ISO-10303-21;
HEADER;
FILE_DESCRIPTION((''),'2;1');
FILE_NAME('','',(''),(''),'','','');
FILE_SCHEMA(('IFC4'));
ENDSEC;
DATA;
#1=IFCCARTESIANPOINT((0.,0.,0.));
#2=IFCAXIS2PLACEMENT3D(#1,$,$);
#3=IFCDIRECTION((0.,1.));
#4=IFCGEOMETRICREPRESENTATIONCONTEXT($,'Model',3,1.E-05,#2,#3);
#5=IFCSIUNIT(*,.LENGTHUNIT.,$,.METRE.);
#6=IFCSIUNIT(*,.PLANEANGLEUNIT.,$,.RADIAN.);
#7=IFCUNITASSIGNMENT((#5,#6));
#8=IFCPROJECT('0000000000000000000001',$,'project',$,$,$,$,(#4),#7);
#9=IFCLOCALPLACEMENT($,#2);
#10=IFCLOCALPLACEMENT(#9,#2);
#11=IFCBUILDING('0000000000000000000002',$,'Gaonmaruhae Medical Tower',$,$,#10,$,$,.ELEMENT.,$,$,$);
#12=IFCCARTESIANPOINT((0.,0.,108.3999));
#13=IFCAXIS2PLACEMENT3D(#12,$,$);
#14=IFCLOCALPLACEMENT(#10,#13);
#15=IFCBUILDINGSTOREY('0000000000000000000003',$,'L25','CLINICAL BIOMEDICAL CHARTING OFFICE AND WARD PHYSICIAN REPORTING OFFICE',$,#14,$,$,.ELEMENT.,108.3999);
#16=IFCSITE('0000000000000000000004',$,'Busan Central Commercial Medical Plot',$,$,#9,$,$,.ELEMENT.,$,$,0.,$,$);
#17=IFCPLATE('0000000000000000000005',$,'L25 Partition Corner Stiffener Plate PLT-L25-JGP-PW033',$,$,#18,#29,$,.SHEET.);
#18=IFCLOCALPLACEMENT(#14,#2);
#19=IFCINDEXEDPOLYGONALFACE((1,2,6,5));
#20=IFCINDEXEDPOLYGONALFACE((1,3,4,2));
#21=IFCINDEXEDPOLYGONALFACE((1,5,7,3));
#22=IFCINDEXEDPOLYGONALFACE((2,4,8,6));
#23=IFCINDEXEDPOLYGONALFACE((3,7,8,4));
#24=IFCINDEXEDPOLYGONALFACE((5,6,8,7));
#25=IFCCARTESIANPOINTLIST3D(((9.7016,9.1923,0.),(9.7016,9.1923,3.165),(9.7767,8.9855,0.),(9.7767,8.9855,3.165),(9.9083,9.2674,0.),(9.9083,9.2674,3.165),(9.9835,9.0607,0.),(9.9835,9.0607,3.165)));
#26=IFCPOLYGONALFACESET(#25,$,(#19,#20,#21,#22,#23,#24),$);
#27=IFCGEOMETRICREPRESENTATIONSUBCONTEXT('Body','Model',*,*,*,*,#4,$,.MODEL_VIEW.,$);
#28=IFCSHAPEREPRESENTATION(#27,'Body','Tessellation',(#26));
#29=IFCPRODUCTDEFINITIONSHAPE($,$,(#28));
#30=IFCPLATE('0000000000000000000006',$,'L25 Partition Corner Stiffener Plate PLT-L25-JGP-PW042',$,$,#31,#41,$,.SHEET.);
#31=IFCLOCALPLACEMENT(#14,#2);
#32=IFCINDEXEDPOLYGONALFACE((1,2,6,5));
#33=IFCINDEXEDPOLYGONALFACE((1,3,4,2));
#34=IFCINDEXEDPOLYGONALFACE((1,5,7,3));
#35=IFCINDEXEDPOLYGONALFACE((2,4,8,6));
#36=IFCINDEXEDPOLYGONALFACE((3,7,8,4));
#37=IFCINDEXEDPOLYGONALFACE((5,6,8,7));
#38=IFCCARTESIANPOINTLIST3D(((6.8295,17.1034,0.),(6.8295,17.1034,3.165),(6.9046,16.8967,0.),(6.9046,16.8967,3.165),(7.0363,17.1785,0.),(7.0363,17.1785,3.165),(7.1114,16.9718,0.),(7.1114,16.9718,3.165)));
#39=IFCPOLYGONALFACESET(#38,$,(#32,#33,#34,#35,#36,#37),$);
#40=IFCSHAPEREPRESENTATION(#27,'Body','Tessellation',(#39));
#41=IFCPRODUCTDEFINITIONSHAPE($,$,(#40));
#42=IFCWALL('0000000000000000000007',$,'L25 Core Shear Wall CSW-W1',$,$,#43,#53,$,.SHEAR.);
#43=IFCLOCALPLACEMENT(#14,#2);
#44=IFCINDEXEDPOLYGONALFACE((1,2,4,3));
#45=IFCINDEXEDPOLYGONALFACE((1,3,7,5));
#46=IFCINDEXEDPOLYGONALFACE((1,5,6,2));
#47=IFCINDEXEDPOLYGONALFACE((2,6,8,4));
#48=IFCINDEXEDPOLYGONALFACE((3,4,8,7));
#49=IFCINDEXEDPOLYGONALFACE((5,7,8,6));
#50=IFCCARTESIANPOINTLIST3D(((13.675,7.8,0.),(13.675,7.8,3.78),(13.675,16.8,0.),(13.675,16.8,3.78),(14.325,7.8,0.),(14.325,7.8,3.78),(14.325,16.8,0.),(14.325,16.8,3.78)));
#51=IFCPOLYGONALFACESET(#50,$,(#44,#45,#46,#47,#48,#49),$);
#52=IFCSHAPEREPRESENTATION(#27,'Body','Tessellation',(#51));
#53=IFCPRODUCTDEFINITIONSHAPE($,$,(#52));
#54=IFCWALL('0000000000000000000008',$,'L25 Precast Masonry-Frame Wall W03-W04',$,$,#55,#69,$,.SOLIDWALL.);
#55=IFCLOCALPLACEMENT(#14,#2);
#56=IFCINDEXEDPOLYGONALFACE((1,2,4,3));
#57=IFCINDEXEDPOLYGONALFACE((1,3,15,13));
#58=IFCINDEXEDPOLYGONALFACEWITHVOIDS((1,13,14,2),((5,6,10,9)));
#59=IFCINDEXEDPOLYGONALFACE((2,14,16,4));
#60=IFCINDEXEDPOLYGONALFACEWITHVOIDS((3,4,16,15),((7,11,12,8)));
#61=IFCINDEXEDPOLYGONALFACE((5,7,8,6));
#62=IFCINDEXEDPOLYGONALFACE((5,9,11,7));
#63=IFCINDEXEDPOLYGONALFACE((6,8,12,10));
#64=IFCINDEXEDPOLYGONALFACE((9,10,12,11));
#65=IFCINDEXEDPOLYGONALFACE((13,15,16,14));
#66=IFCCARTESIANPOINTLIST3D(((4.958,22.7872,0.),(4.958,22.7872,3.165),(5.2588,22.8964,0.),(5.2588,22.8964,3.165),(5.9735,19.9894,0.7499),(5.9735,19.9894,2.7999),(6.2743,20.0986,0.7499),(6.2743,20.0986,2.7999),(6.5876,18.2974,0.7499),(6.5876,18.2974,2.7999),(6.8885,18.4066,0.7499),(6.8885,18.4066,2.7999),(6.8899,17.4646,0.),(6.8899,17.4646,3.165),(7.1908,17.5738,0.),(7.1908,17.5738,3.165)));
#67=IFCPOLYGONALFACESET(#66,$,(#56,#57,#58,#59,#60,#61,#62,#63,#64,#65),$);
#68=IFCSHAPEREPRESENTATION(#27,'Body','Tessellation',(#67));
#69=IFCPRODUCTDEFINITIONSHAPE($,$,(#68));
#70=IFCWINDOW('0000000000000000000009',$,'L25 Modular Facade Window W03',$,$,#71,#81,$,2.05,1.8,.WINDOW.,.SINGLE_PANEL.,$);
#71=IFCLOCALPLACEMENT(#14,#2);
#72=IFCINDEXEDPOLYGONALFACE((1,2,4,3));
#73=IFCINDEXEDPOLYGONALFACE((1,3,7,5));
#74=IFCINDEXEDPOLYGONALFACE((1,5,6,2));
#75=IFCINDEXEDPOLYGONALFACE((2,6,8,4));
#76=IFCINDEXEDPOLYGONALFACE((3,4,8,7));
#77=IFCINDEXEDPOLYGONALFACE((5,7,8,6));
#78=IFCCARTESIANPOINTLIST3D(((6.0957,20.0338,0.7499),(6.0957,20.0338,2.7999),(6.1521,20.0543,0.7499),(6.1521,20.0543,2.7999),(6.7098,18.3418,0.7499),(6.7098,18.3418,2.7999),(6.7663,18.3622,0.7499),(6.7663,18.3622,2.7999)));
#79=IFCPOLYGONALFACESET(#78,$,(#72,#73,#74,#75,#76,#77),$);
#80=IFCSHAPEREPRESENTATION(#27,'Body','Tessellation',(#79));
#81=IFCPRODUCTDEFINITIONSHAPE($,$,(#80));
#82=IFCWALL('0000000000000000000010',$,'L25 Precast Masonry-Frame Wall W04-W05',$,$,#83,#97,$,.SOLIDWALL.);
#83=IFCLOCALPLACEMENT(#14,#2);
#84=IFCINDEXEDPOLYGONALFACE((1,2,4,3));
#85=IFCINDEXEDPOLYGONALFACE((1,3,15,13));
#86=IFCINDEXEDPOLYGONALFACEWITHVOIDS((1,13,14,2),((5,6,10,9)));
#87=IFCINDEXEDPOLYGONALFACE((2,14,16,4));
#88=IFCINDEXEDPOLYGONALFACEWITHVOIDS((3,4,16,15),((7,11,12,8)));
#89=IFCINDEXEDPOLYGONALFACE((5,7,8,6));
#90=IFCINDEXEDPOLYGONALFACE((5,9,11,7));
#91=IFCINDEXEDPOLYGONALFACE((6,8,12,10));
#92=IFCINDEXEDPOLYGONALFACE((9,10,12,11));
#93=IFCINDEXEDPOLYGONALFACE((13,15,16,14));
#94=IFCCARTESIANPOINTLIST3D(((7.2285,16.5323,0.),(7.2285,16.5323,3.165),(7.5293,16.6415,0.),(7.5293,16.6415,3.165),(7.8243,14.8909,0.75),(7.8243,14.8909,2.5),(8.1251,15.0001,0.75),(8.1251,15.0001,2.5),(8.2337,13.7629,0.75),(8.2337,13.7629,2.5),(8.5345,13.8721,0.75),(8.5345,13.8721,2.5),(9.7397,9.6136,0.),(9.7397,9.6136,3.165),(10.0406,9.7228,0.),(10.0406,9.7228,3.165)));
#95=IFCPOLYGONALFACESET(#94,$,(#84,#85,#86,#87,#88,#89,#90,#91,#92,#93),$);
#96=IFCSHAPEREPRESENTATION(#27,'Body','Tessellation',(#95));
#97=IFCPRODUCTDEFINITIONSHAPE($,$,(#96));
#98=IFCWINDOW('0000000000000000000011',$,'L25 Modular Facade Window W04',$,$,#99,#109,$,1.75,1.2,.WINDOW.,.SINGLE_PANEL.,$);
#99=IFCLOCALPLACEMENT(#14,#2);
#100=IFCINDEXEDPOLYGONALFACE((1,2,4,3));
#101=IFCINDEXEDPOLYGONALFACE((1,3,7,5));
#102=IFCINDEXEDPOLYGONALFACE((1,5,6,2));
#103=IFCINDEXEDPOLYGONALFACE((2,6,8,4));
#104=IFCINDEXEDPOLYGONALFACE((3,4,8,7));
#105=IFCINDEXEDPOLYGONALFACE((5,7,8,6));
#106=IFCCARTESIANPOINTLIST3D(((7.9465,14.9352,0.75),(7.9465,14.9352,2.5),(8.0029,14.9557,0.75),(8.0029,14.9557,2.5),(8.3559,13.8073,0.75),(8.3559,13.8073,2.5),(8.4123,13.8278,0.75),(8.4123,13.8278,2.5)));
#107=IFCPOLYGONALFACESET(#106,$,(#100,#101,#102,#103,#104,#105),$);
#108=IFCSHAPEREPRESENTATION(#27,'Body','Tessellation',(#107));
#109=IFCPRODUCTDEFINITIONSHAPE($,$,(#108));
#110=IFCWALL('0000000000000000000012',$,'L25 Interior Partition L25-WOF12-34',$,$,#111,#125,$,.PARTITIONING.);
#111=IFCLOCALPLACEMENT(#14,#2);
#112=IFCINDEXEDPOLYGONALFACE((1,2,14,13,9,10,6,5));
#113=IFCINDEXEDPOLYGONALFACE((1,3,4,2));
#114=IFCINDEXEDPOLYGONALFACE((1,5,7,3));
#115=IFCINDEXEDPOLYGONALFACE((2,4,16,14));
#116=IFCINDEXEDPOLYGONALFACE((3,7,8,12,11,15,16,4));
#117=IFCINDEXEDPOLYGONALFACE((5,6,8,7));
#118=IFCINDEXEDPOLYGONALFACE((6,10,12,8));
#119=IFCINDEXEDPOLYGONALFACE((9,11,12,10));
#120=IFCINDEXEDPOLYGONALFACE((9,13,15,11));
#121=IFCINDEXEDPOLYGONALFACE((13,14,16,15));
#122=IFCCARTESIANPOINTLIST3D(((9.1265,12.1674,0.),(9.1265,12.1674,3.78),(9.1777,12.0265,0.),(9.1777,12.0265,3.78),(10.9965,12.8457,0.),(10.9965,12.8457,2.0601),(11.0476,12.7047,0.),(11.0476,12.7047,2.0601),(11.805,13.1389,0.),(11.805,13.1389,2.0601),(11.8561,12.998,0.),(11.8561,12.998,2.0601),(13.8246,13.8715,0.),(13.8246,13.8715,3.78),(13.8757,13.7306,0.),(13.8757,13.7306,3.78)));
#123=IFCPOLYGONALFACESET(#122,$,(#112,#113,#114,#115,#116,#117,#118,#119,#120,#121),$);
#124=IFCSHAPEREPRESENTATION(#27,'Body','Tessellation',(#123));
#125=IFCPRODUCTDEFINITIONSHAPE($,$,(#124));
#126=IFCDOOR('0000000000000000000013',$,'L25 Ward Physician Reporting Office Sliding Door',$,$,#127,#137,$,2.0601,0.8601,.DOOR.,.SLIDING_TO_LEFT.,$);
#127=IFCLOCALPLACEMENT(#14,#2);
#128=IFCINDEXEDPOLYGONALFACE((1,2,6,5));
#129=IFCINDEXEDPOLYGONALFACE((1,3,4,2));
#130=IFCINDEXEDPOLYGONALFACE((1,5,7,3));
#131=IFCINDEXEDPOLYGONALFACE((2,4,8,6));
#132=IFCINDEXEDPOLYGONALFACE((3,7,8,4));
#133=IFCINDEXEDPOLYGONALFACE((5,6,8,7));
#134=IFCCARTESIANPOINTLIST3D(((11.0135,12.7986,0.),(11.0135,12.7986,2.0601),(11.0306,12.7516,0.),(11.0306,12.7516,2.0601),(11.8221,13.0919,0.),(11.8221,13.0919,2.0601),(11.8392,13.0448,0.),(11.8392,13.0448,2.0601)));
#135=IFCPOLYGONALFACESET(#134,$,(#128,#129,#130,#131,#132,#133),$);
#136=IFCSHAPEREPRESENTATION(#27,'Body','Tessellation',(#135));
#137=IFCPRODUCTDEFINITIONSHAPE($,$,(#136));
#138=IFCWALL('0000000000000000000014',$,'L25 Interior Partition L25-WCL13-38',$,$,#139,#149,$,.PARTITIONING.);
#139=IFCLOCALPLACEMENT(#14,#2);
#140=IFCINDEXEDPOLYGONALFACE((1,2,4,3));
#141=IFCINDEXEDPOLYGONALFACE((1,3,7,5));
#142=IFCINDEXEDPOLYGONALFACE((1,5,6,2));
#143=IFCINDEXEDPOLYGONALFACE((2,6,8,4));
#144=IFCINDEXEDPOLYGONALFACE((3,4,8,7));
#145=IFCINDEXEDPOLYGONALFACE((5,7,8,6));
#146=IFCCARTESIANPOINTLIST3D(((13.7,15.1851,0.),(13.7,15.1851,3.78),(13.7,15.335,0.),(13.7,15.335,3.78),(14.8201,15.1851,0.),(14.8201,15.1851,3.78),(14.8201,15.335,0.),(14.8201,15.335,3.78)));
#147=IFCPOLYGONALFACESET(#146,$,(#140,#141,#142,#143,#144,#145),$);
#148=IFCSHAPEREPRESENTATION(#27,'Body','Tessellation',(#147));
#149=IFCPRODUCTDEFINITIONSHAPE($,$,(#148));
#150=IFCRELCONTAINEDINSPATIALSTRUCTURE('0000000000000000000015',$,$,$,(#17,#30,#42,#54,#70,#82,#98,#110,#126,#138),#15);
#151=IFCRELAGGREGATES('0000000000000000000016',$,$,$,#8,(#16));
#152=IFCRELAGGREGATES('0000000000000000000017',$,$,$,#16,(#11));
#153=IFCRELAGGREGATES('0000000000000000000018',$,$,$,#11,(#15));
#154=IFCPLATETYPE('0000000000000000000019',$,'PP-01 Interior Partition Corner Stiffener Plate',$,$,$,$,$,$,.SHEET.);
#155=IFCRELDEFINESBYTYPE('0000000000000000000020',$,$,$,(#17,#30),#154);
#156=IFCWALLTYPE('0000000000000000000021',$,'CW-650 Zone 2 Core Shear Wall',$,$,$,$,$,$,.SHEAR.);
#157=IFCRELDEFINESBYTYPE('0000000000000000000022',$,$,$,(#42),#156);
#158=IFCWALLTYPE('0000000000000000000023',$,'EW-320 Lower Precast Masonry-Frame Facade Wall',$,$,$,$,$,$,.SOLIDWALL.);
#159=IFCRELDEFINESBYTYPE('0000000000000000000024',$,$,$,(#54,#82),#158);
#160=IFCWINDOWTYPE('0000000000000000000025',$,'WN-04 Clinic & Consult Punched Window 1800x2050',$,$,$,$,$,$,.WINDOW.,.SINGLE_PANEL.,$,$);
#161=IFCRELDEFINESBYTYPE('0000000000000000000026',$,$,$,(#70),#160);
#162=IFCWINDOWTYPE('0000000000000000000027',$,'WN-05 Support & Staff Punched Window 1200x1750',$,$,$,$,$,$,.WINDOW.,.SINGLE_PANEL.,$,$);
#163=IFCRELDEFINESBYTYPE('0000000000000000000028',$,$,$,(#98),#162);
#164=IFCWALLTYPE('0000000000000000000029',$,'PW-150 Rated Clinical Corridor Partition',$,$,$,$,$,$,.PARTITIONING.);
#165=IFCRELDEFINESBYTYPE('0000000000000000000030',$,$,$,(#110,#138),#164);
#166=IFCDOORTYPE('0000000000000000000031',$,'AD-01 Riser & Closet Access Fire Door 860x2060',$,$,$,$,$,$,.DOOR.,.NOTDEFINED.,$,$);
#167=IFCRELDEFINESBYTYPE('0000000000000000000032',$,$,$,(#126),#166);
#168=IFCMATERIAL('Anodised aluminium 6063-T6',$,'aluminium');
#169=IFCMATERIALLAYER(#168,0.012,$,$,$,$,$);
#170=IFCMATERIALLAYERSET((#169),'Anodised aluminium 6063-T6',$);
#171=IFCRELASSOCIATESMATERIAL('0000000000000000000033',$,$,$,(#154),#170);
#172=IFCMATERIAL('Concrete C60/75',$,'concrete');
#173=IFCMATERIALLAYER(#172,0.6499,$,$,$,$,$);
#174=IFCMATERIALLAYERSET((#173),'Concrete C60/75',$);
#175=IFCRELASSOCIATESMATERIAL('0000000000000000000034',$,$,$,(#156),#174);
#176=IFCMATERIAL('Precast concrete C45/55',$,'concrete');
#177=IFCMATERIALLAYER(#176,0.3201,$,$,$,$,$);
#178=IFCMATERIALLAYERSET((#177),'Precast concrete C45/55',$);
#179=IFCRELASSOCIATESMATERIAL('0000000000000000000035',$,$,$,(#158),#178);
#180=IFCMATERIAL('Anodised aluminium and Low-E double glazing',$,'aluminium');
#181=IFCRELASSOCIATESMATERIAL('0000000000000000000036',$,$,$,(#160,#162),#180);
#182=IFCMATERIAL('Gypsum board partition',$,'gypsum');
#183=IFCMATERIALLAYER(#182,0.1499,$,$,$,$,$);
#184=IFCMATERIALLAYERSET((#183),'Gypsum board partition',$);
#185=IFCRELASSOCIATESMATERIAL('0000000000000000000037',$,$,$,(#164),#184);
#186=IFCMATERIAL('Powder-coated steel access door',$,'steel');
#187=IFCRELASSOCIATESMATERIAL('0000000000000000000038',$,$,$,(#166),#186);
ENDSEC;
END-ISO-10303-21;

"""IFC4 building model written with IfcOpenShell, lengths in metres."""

from ifc_helpers import new_model, si_unit, direction, frame, frame_2d, origin, origin_2d, place, context, subcontext, project, spatial, rectangle, extrude, material, layer, layer_set, type_object, element, fill, save


model = new_model("IFC4")

# Units and contexts
model_context = context("Model", 3, precision=1e-05, world=origin(), true_north=direction((0.0, 1.0)))
body_context = subcontext(model_context, "Body", "Model", "MODEL_VIEW")
ifc_project = project(units=[si_unit("LENGTHUNIT", "METRE"), si_unit("PLANEANGLEUNIT", "RADIAN")], contexts=[model_context])

# Site, building, storey
site_placement = place(None, origin())
site = spatial("IfcSite", under=ifc_project, at=site_placement, Name="Busan Central Commercial Medical Plot", CompositionType="ELEMENT", RefElevation=0.0)
building_placement = place(site_placement, origin())
building = spatial("IfcBuilding", under=site, at=building_placement, Name="Gaonmaruhae Medical Tower", CompositionType="ELEMENT")
storey_placement = place(building_placement, frame((0.0, 0.0, 108.3999)))
storey = spatial("IfcBuildingStorey", under=building, at=storey_placement, Name="L25", Description="CLINICAL BIOMEDICAL CHARTING OFFICE AND WARD PHYSICIAN REPORTING OFFICE", CompositionType="ELEMENT", Elevation=108.3999)

# Shared definitions
ifc_material_1 = material(Name="Concrete C60/75", Category="concrete")

# Plates
ifc_material_2 = material(Name="Anodised aluminium 6063-T6", Category="aluminium")
ifc_layer_1 = layer(ifc_material_2, 0.012)
ifc_layer_set_1 = layer_set([ifc_layer_1], Name="Anodised aluminium 6063-T6")
plate_type = type_object("IfcPlateType", Name="PP-01 Interior Partition Corner Stiffener Plate", PredefinedType="SHEET", material=ifc_layer_set_1)
for number, where, z_axis, x_axis, name in (
    (1, (9.8425, 9.1265, 0.0), (0.0, 0.0, 1.0), (-0.341659, 0.939824, 0.0), "L25 Partition Corner Stiffener Plate PLT-L25-JGP-PW033"),
    (2, (6.9705, 17.0376, 0.0), (0.0, 0.0, 1.0), (-0.341282, 0.939961, 0.0), "L25 Partition Corner Stiffener Plate PLT-L25-JGP-PW042"),
):
    element("IfcPlate", number, at=place(storey_placement, frame(where, z_axis=z_axis, x_axis=x_axis)), inside=storey, type_object=plate_type, Name=name, PredefinedType="SHEET", context=body_context, shape_type="SweptSolid", body=[
        extrude(rectangle(XDim=0.22, YDim=0.22, at=origin_2d()), origin(), (0.0, 0.0, 1.0), 3.165),
    ])

# Wall
ifc_layer_2 = layer(ifc_material_1, 0.6499)
ifc_layer_set_2 = layer_set([ifc_layer_2], Name="Concrete C60/75")
wall_type_1 = type_object("IfcWallType", Name="CW-650 Zone 2 Core Shear Wall", PredefinedType="SHEAR", material=ifc_layer_set_2)
wall_1_placement = place(storey_placement, frame((14.0, 16.8, 0.0), z_axis=(0.0, 0.0, 1.0), x_axis=(0.0, -1.0, 0.0)))
element("IfcWall", 3, at=wall_1_placement, inside=storey, type_object=wall_type_1, Name="L25 Core Shear Wall CSW-W1", PredefinedType="SHEAR", context=body_context, shape_type="SweptSolid", body=[
    extrude(rectangle(XDim=9.0, YDim=0.6499, at=frame_2d((4.5, 0.0))), origin(), (0.0, 0.0, 1.0), 3.78),
])

# Walls, openings, windows
ifc_material_3 = material(Name="Precast concrete C45/55", Category="concrete")
ifc_layer_3 = layer(ifc_material_3, 0.3201)
ifc_layer_set_3 = layer_set([ifc_layer_3], Name="Precast concrete C45/55")
wall_type_2 = type_object("IfcWallType", Name="EW-320 Lower Precast Masonry-Frame Facade Wall", PredefinedType="SOLIDWALL", material=ifc_layer_set_3)
wall_2_placement = place(storey_placement, frame((7.0403, 17.5193, 0.0), z_axis=(0.0, 0.0, 1.0), x_axis=(-0.341186, 0.939996, 0.0)))
wall_2 = element("IfcWall", 4, at=wall_2_placement, inside=storey, type_object=wall_type_2, Name="L25 Precast Masonry-Frame Wall W03-W04", PredefinedType="SOLIDWALL", context=body_context, shape_type="SweptSolid", body=[
    extrude(rectangle(XDim=5.6624, YDim=0.3201, at=frame_2d((2.8311, 0.0))), origin(), (0.0, 0.0, 1.0), 3.165),
])
opening_1_placement = place(wall_2_placement, frame((0.886, 0.0, 0.75)))
opening_1 = element("IfcOpeningElement", 5, at=opening_1_placement, cuts=wall_2, PredefinedType="OPENING", context=body_context, shape_type="SweptSolid", body=[
    extrude(rectangle(XDim=1.8, YDim=2.05, at=frame_2d((0.8999, 1.0249))), frame((0.0, 0.1699, 0.0), z_axis=(0.0, -1.0, 0.0), x_axis=(1.0, 0.0, 0.0)), (0.0, 0.0, 1.0), 0.3401),
])
ifc_material_4 = material(Name="Anodised aluminium and Low-E double glazing", Category="aluminium")
window_type_1 = type_object("IfcWindowType", Name="WN-04 Clinic & Consult Punched Window 1800x2050", PartitioningType="SINGLE_PANEL", PredefinedType="WINDOW", material=ifc_material_4)
window_1_placement = place(opening_1_placement, origin())
window_1 = element("IfcWindow", 6, at=window_1_placement, inside=storey, type_object=window_type_1, Name="L25 Modular Facade Window W03", OverallHeight=2.05, OverallWidth=1.8, PartitioningType="SINGLE_PANEL", PredefinedType="WINDOW", context=body_context, shape_type="SweptSolid", body=[
    extrude(rectangle(XDim=1.8, YDim=2.05, at=frame_2d((0.8999, 1.0249))), frame((0.0, 0.03, 0.0), z_axis=(0.0, -1.0, 0.0), x_axis=(1.0, 0.0, 0.0)), (0.0, 0.0, 1.0), 0.0601),
])
fill(opening_1, window_1)
wall_3_placement = place(storey_placement, frame((9.8901, 9.6682, 0.0), z_axis=(0.0, 0.0, 1.0), x_axis=(-0.341184, 0.939997, 0.0)))
wall_3 = element("IfcWall", 7, at=wall_3_placement, inside=storey, type_object=wall_type_2, Name="L25 Precast Masonry-Frame Wall W04-W05", PredefinedType="SOLIDWALL", context=body_context, shape_type="SweptSolid", body=[
    extrude(rectangle(XDim=7.3604, YDim=0.3201, at=frame_2d((3.6802, 0.0))), origin(), (0.0, 0.0, 1.0), 3.165),
])
opening_2_placement = place(wall_3_placement, frame((4.4141, 0.0, 0.75)))
opening_2 = element("IfcOpeningElement", 8, at=opening_2_placement, cuts=wall_3, PredefinedType="OPENING", context=body_context, shape_type="SweptSolid", body=[
    extrude(rectangle(XDim=1.2, YDim=1.75, at=frame_2d((0.6001, 0.875))), frame((0.0, 0.1699, 0.0), z_axis=(0.0, -1.0, 0.0), x_axis=(1.0, 0.0, 0.0)), (0.0, 0.0, 1.0), 0.3401),
])
window_type_2 = type_object("IfcWindowType", Name="WN-05 Support & Staff Punched Window 1200x1750", PartitioningType="SINGLE_PANEL", PredefinedType="WINDOW", material=ifc_material_4)
window_2_placement = place(opening_2_placement, origin())
window_2 = element("IfcWindow", 9, at=window_2_placement, inside=storey, type_object=window_type_2, Name="L25 Modular Facade Window W04", OverallHeight=1.75, OverallWidth=1.2, PartitioningType="SINGLE_PANEL", PredefinedType="WINDOW", context=body_context, shape_type="SweptSolid", body=[
    extrude(rectangle(XDim=1.2, YDim=1.75, at=frame_2d((0.6001, 0.875))), frame((0.0, 0.03, 0.0), z_axis=(0.0, -1.0, 0.0), x_axis=(1.0, 0.0, 0.0)), (0.0, 0.0, 1.0), 0.0601),
])
fill(opening_2, window_2)

# Wall, opening, door
ifc_material_5 = material(Name="Gypsum board partition", Category="gypsum")
ifc_layer_4 = layer(ifc_material_5, 0.1499)
ifc_layer_set_4 = layer_set([ifc_layer_4], Name="Gypsum board partition")
wall_type_3 = type_object("IfcWallType", Name="PW-150 Rated Clinical Corridor Partition", PredefinedType="PARTITIONING", material=ifc_layer_set_4)
wall_4_placement = place(storey_placement, frame((9.1521, 12.0969, 0.0), z_axis=(0.0, 0.0, 1.0), x_axis=(0.940067, 0.34099, 0.0)))
wall_4 = element("IfcWall", 10, at=wall_4_placement, inside=storey, type_object=wall_type_3, Name="L25 Interior Partition L25-WOF12-34", PredefinedType="PARTITIONING", context=body_context, shape_type="SweptSolid", body=[
    extrude(rectangle(XDim=4.9976, YDim=0.1499, at=frame_2d((2.4988, 0.0))), origin(), (0.0, 0.0, 1.0), 3.78),
])
opening_3_placement = place(wall_4_placement, frame((1.989, 0.0, 0.0)))
opening_3 = element("IfcOpeningElement", 11, at=opening_3_placement, cuts=wall_4, PredefinedType="OPENING", context=body_context, shape_type="SweptSolid", body=[
    extrude(rectangle(XDim=0.8601, YDim=2.0601, at=frame_2d((0.4302, 1.03))), frame((0.0, 0.085, 0.0), z_axis=(0.0, -1.0, 0.0), x_axis=(1.0, 0.0, 0.0)), (0.0, 0.0, 1.0), 0.1699),
])
ifc_material_6 = material(Name="Powder-coated steel access door", Category="steel")
door_type_1 = type_object("IfcDoorType", Name="AD-01 Riser & Closet Access Fire Door 860x2060", OperationType="NOTDEFINED", PredefinedType="DOOR", material=ifc_material_6)
door_1_placement = place(opening_3_placement, origin())
door_1 = element("IfcDoor", 12, at=door_1_placement, inside=storey, type_object=door_type_1, Name="L25 Ward Physician Reporting Office Sliding Door", OperationType="SLIDING_TO_LEFT", OverallHeight=2.0601, OverallWidth=0.8601, PredefinedType="DOOR", context=body_context, shape_type="SweptSolid", body=[
    extrude(rectangle(XDim=0.8601, YDim=2.0601, at=frame_2d((0.4302, 1.03))), frame((0.0, 0.0249, 0.0), z_axis=(0.0, -1.0, 0.0), x_axis=(1.0, 0.0, 0.0)), (0.0, 0.0, 1.0), 0.05),
])
fill(opening_3, door_1)

# Wall
wall_5_placement = place(storey_placement, frame((14.8201, 15.26, 0.0), z_axis=(0.0, 0.0, 1.0), x_axis=(-1.0, 0.0, 0.0)))
element("IfcWall", 13, at=wall_5_placement, inside=storey, type_object=wall_type_3, Name="L25 Interior Partition L25-WCL13-38", PredefinedType="PARTITIONING", context=body_context, shape_type="SweptSolid", body=[
    extrude(rectangle(XDim=1.1201, YDim=0.1499, at=frame_2d((0.5601, 0.0))), origin(), (0.0, 0.0, 1.0), 3.78),
])

save(model, "model.ifc")
